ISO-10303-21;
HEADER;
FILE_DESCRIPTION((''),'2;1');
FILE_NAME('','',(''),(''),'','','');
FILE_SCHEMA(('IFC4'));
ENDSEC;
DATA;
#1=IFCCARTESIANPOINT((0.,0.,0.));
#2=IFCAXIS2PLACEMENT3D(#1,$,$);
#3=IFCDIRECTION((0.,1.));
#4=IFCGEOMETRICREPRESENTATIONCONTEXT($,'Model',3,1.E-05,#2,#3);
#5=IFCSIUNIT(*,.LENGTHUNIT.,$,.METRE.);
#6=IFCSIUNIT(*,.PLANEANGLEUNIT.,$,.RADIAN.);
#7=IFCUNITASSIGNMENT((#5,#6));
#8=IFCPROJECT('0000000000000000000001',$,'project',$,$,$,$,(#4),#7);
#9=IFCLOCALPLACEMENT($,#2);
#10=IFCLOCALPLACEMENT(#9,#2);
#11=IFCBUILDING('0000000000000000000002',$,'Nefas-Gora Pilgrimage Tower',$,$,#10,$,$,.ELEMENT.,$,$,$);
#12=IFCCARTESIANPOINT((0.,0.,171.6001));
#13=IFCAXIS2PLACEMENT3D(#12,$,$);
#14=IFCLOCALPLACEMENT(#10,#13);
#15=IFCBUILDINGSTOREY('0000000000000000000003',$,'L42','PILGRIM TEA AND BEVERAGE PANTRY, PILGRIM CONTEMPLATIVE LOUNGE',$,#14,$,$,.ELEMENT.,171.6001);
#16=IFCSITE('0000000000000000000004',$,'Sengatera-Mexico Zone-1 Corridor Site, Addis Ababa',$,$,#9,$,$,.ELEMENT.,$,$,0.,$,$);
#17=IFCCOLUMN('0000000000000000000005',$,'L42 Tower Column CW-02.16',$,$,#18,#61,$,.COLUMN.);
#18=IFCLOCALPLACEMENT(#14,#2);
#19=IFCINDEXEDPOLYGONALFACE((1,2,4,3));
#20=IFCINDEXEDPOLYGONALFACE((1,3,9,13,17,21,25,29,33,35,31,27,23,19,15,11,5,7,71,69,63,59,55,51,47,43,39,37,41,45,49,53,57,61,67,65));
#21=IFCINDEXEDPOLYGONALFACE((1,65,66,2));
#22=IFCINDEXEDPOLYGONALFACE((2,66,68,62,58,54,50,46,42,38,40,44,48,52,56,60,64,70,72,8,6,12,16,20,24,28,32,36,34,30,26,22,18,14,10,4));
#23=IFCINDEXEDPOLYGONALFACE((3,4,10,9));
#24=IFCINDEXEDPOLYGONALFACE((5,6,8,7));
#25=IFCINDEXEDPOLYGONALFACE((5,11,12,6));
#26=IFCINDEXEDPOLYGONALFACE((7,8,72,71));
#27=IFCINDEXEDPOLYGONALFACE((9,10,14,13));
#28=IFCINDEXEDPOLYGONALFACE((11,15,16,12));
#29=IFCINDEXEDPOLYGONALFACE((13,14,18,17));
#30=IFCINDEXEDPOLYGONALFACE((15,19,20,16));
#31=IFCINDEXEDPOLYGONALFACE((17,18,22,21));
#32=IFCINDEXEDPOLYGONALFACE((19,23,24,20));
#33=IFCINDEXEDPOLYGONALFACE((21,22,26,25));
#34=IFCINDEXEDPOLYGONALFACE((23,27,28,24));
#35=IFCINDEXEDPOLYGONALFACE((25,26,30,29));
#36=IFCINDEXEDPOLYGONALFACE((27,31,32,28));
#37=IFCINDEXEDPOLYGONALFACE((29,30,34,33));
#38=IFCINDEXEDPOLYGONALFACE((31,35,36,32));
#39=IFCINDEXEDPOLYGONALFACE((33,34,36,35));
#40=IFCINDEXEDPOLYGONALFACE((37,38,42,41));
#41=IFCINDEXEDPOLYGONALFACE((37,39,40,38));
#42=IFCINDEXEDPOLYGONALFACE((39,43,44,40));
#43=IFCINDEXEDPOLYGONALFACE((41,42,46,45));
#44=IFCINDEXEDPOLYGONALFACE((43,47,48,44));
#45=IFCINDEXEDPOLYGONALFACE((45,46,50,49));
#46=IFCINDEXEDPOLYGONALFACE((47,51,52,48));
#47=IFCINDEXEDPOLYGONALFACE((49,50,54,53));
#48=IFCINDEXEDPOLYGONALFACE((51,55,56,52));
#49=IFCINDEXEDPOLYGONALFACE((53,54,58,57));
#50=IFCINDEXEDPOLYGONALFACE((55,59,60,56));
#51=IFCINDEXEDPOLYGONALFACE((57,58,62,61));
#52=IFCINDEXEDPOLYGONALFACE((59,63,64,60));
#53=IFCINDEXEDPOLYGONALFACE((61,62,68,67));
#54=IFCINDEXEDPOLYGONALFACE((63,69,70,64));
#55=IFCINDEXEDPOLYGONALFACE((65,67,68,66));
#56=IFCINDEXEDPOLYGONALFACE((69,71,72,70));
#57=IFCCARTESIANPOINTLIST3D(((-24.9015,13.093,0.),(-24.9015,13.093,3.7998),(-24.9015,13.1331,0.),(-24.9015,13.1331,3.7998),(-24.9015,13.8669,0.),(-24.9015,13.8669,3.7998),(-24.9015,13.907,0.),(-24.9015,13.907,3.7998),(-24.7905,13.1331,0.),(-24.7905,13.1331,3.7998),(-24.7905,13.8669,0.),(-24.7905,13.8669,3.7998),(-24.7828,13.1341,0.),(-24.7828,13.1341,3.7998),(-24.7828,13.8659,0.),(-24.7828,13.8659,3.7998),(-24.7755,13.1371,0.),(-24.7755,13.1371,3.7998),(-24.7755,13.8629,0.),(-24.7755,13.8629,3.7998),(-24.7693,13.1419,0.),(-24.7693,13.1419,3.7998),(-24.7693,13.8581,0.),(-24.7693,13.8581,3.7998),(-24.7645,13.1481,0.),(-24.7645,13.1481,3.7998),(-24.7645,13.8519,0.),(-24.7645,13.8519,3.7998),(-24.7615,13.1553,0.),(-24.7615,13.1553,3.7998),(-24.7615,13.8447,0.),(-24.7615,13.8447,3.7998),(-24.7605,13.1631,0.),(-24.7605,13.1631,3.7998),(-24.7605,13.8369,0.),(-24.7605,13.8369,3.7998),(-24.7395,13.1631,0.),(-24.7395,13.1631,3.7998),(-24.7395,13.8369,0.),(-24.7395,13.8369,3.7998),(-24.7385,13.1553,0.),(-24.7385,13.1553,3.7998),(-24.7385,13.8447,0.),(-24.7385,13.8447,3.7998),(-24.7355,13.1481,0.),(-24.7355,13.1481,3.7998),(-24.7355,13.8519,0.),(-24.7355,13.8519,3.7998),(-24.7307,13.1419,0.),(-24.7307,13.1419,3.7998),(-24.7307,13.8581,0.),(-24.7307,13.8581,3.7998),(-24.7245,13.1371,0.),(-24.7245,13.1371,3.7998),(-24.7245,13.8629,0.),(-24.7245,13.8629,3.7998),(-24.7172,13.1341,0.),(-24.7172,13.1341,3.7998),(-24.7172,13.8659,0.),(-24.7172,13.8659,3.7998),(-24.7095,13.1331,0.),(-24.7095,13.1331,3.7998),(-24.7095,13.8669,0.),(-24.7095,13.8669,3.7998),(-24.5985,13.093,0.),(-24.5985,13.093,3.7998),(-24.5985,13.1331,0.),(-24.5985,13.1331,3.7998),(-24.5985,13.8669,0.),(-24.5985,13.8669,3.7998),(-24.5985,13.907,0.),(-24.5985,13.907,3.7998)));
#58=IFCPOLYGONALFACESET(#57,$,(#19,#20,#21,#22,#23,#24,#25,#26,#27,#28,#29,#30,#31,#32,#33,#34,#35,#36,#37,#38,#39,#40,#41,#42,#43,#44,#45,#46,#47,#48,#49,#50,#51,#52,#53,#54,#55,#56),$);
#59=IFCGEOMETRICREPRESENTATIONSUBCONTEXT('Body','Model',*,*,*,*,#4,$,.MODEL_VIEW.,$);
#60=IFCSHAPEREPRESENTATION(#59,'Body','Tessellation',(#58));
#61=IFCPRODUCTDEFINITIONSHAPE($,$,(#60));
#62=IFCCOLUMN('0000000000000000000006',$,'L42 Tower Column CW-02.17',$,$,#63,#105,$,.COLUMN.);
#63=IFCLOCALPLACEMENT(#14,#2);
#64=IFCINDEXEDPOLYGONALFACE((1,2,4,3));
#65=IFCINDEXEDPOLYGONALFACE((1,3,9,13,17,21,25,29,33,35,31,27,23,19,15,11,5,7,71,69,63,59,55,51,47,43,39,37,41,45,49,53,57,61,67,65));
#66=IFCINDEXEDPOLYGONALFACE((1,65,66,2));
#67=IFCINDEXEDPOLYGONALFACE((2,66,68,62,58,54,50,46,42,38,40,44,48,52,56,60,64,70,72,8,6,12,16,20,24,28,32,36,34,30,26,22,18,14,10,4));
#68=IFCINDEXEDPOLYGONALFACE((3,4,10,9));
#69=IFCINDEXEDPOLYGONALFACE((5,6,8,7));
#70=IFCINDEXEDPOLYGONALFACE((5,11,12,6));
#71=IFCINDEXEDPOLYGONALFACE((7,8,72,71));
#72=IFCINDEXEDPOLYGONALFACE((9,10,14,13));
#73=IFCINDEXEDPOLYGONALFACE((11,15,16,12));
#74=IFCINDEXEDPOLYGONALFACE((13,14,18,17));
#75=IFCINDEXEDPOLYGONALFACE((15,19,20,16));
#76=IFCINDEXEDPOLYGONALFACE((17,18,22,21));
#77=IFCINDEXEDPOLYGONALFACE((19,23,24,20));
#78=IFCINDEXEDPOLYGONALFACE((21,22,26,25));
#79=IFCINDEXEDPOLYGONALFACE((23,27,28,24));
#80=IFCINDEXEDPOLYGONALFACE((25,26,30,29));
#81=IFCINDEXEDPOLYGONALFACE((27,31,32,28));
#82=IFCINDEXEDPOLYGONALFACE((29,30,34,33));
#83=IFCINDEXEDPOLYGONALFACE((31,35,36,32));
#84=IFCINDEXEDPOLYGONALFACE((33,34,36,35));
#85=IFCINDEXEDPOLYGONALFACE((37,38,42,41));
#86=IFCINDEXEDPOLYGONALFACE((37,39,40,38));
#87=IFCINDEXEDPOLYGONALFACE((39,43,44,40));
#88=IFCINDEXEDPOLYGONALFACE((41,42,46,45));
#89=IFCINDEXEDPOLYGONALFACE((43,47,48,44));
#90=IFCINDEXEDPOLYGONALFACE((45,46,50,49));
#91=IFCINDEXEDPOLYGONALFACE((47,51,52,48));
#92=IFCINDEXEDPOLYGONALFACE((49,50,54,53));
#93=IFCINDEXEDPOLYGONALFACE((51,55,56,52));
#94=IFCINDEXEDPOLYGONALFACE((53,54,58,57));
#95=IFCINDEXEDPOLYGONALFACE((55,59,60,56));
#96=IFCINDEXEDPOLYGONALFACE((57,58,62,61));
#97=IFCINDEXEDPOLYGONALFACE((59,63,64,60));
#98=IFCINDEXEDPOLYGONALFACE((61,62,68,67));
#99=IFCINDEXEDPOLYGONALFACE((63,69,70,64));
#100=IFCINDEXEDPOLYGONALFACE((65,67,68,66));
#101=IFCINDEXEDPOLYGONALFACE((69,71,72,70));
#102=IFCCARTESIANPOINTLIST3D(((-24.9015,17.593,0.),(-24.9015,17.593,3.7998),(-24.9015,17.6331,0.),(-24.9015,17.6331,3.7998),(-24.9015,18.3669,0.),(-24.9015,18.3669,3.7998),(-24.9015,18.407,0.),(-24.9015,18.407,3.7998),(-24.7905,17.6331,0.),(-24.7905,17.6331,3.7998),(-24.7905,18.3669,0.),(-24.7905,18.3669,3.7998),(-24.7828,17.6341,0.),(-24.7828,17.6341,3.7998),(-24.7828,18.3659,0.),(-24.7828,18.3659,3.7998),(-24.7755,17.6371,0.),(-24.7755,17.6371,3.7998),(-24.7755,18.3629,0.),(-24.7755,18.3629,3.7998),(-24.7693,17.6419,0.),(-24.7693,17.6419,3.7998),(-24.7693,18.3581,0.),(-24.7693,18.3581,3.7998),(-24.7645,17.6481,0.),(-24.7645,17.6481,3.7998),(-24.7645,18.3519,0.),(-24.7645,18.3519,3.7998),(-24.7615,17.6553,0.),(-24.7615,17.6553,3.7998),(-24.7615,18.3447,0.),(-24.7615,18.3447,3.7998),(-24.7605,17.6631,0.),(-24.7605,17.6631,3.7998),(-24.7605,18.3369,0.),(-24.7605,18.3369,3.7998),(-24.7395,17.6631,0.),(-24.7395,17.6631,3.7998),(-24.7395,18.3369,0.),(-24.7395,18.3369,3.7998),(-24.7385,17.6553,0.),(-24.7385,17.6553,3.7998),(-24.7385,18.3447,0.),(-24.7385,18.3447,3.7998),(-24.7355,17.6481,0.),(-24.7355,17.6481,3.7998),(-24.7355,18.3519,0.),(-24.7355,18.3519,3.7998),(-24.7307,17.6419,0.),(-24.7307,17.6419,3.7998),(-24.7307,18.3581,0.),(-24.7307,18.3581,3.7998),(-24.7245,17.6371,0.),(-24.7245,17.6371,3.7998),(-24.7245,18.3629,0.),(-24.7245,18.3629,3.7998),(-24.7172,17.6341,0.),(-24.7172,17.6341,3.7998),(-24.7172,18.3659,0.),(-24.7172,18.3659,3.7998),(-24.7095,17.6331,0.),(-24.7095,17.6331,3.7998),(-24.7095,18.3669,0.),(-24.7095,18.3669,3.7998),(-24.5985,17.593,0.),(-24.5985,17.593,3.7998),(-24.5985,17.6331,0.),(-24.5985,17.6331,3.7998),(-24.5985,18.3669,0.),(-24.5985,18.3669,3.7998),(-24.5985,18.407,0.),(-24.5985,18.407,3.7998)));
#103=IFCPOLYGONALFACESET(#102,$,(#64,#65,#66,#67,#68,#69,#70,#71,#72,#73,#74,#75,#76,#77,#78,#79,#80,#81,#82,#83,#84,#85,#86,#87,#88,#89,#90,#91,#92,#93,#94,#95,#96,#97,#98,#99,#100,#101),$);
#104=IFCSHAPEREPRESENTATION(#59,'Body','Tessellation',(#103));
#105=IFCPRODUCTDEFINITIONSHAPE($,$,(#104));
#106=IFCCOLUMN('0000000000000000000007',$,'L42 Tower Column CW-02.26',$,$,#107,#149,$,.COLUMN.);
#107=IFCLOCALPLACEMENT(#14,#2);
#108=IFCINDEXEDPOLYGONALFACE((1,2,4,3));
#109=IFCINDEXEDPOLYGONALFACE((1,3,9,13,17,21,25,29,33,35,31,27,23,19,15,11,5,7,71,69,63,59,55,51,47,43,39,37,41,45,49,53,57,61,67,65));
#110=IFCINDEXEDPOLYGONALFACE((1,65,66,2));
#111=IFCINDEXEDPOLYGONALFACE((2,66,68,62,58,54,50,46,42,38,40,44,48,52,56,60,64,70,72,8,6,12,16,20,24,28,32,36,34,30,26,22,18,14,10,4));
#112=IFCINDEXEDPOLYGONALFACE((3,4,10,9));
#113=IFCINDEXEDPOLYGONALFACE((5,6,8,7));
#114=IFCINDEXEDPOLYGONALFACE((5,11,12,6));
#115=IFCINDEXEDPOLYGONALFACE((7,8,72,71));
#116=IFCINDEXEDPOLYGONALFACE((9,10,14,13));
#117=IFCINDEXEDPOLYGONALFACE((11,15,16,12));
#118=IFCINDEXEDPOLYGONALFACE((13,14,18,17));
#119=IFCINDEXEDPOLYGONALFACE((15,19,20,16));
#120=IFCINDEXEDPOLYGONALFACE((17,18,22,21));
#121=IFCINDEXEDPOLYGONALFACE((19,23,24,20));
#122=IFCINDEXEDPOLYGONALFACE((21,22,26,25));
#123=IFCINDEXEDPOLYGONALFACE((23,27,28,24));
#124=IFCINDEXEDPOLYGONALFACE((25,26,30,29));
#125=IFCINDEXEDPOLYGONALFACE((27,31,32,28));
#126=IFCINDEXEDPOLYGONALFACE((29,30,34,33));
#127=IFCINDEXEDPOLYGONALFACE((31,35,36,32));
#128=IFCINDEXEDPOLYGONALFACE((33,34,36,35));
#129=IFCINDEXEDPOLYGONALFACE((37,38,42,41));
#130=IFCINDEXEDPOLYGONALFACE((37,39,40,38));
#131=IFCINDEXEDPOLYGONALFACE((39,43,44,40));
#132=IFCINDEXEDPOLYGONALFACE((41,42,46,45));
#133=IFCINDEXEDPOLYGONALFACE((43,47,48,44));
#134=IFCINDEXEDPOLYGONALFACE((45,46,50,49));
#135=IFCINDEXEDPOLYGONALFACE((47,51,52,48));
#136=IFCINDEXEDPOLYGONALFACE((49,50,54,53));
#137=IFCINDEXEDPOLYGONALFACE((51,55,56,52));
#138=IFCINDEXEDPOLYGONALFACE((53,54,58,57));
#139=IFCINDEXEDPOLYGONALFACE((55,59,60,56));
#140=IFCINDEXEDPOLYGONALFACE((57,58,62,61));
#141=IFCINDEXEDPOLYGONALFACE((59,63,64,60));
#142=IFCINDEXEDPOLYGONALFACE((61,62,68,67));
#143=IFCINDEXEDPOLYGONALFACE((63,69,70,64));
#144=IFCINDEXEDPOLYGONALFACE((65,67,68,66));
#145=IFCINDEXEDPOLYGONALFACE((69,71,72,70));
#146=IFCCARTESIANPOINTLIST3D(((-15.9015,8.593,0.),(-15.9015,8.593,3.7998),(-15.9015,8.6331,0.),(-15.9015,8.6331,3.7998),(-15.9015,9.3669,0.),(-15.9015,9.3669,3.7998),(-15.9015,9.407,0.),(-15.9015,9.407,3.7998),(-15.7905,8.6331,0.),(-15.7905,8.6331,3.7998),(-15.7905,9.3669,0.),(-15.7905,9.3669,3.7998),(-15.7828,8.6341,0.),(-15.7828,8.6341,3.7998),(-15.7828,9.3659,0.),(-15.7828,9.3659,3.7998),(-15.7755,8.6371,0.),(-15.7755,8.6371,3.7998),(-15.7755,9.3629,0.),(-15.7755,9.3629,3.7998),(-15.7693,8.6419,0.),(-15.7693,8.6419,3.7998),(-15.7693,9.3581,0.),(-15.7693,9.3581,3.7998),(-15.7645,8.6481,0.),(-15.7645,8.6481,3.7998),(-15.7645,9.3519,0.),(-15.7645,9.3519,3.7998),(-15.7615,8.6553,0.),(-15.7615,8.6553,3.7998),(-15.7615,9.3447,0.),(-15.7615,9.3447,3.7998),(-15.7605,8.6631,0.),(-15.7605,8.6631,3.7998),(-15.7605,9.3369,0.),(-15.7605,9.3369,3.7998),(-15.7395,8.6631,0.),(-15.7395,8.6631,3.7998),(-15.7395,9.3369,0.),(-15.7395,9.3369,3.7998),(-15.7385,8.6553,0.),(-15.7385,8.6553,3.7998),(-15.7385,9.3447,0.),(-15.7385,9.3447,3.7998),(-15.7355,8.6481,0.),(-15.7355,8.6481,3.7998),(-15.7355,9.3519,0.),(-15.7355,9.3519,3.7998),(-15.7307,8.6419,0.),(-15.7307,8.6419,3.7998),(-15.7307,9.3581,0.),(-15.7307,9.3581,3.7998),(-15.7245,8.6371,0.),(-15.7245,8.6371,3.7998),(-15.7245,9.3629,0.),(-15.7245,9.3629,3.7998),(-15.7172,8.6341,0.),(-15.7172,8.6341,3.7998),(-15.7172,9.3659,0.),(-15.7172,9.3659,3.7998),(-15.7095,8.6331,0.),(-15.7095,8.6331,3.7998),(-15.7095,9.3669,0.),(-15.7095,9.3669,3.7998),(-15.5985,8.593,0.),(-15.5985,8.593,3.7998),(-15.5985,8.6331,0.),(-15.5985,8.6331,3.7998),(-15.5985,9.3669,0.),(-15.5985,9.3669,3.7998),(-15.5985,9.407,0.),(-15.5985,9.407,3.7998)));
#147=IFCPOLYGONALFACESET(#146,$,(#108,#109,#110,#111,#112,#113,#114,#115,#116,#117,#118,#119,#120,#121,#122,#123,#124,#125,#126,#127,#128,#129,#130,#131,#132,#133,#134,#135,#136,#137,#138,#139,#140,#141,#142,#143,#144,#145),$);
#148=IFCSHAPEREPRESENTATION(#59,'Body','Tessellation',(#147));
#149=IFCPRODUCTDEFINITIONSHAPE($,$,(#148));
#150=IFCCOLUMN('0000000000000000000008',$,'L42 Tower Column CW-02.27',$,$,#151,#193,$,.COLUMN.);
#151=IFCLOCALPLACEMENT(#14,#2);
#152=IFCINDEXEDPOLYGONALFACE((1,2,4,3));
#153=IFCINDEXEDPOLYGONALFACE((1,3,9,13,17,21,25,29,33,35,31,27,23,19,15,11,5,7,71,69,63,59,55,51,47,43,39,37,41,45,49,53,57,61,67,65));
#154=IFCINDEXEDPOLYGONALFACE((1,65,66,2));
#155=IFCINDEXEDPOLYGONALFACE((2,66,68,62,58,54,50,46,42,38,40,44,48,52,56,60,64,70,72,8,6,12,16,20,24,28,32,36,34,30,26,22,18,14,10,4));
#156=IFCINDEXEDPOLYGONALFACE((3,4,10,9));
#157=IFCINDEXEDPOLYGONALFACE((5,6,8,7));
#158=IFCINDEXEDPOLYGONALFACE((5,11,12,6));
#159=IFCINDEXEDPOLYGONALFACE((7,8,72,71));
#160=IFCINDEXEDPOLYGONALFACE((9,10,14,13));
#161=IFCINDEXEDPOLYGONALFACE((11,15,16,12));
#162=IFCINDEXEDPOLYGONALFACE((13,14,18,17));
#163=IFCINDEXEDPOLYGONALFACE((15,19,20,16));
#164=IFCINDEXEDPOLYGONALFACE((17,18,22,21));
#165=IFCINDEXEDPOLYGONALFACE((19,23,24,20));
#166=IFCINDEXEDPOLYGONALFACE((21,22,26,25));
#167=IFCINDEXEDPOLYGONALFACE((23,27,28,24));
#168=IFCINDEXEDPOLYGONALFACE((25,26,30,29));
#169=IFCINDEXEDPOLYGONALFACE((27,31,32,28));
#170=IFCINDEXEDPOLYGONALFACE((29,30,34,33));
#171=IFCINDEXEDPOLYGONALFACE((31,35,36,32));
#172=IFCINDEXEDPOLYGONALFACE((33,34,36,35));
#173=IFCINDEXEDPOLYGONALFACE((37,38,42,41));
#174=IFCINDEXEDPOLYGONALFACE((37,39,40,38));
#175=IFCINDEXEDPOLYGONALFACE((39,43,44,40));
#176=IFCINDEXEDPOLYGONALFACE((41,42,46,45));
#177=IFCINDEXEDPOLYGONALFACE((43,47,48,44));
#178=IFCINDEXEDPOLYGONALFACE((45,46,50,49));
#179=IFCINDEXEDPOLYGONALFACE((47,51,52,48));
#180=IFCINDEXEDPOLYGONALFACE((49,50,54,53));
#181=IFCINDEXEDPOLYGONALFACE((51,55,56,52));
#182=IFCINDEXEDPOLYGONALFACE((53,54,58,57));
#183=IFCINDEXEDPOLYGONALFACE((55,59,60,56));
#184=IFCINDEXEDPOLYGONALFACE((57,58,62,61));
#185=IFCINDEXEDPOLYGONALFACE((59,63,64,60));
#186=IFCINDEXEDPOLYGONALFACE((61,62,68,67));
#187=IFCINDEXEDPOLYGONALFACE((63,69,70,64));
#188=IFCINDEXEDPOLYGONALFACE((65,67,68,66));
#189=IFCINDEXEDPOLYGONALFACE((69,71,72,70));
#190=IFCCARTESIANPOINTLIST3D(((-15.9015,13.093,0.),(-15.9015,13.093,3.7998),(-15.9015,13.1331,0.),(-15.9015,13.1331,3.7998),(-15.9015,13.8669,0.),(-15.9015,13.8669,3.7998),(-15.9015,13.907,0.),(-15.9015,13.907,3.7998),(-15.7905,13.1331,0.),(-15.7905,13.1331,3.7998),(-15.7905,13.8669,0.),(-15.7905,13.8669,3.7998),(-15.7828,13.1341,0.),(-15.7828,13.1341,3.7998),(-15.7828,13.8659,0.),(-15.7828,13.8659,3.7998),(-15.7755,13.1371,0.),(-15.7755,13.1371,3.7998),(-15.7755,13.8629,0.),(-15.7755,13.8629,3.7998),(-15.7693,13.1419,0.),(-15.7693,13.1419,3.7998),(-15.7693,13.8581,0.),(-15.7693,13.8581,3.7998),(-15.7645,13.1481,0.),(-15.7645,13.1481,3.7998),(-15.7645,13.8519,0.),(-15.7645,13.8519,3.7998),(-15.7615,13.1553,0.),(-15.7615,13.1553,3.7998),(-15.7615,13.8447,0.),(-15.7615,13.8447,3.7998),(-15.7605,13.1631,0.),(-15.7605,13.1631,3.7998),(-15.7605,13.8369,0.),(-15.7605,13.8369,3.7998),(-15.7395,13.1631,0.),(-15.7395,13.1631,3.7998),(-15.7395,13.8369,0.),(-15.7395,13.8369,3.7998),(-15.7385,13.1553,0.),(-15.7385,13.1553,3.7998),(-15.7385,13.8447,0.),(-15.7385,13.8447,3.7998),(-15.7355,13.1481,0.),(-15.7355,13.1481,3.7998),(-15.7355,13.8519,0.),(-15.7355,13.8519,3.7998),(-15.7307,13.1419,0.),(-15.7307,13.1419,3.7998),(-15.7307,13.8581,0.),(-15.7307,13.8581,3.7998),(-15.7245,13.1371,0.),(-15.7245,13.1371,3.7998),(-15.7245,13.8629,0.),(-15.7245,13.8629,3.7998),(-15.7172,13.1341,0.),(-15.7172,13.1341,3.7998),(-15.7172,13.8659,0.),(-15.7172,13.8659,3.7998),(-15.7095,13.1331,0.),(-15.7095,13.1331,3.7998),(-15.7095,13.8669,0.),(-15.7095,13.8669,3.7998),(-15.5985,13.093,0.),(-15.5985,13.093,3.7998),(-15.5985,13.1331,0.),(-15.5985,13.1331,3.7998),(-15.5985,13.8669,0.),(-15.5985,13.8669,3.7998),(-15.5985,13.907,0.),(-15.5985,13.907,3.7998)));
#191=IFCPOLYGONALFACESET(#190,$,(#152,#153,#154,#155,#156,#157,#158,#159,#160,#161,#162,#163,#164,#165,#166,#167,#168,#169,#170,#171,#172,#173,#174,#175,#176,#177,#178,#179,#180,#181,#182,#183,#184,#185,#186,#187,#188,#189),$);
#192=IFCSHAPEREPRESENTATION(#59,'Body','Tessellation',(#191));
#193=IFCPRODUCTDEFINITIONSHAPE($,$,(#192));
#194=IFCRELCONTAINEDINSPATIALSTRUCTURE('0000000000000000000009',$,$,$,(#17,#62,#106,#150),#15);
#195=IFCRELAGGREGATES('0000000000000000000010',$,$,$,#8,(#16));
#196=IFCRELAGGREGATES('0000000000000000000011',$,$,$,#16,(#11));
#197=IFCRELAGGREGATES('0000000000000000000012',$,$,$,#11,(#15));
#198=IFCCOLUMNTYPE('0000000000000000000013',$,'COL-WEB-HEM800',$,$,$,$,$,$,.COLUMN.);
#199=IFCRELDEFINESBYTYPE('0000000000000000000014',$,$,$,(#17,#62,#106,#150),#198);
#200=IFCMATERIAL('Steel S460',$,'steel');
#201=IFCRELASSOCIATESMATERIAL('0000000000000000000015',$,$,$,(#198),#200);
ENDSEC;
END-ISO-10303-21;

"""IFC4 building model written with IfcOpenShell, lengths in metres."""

from ifc_helpers import new_model, si_unit, direction, frame, origin, origin_2d, place, context, subcontext, project, spatial, i_section, extrude, source, transform, mapped, material, material_profile, profile_set, type_object, element, save


model = new_model("IFC4")

# Units and contexts
model_context = context("Model", 3, precision=1e-05, world=origin(), true_north=direction((0.0, 1.0)))
body_context = subcontext(model_context, "Body", "Model", "MODEL_VIEW")
ifc_project = project(units=[si_unit("LENGTHUNIT", "METRE"), si_unit("PLANEANGLEUNIT", "RADIAN")], contexts=[model_context])

# Site, building, storey
site_placement = place(None, origin())
site = spatial("IfcSite", under=ifc_project, at=site_placement, Name="Sengatera-Mexico Zone-1 Corridor Site, Addis Ababa", CompositionType="ELEMENT", RefElevation=0.0)
building_placement = place(site_placement, origin())
building = spatial("IfcBuilding", under=site, at=building_placement, Name="Nefas-Gora Pilgrimage Tower", CompositionType="ELEMENT")
storey_placement = place(building_placement, frame((0.0, 0.0, 171.6001)))
storey = spatial("IfcBuildingStorey", under=building, at=storey_placement, Name="L42", Description="PILGRIM TEA AND BEVERAGE PANTRY, PILGRIM CONTEMPLATIVE LOUNGE", CompositionType="ELEMENT", Elevation=171.6001)

# Columns
ifc_material_1 = material(Name="Steel S460", Category="steel")
ifc_material_profile_1 = material_profile(ifc_material_1, i_section(OverallWidth=0.303, OverallDepth=0.814, WebThickness=0.021, FlangeThickness=0.04, FilletRadius=0.03, at=origin_2d()), Name="HEM 800")
ifc_profile_set_1 = profile_set([ifc_material_profile_1], Name="Steel S460")
column_type_1 = type_object("IfcColumnType", Name="COL-WEB-HEM800", PredefinedType="COLUMN", material=ifc_profile_set_1)
shared_shape_1 = source(origin(), body_context, "Body", "SweptSolid", [
    extrude(i_section(OverallWidth=0.303, OverallDepth=0.814, WebThickness=0.021, FlangeThickness=0.04, FilletRadius=0.03, at=origin_2d()), origin(), (0.0, 0.0, 1.0), 3.7998),
])
for number, where, z_axis, x_axis, name in (
    (1, (-24.75, 13.5, 0.0), (0.0, 0.0, 1.0), (1.0, 0.0, 0.0), "L42 Tower Column CW-02.16"),
    (2, (-24.75, 18.0, 0.0), (0.0, 0.0, 1.0), (1.0, 0.0, 0.0), "L42 Tower Column CW-02.17"),
    (3, (-15.75, 9.0, 0.0), (0.0, 0.0, 1.0), (1.0, 0.0, 0.0), "L42 Tower Column CW-02.26"),
    (4, (-15.75, 13.5, 0.0), (0.0, 0.0, 1.0), (1.0, 0.0, 0.0), "L42 Tower Column CW-02.27"),
):
    element("IfcColumn", number, at=place(storey_placement, frame(where, z_axis=z_axis, x_axis=x_axis)), inside=storey, type_object=column_type_1, Name=name, PredefinedType="COLUMN", context=body_context, shape_type="MappedRepresentation", body=[
        mapped(shared_shape_1, transform((0.0, 0.0, 0.0), x_axis=(1.0, 0.0, 0.0), y_axis=(0.0, 1.0, 0.0), z_axis=(0.0, 0.0, 1.0), scale=1.0)),
    ])

save(model, "model.ifc")
